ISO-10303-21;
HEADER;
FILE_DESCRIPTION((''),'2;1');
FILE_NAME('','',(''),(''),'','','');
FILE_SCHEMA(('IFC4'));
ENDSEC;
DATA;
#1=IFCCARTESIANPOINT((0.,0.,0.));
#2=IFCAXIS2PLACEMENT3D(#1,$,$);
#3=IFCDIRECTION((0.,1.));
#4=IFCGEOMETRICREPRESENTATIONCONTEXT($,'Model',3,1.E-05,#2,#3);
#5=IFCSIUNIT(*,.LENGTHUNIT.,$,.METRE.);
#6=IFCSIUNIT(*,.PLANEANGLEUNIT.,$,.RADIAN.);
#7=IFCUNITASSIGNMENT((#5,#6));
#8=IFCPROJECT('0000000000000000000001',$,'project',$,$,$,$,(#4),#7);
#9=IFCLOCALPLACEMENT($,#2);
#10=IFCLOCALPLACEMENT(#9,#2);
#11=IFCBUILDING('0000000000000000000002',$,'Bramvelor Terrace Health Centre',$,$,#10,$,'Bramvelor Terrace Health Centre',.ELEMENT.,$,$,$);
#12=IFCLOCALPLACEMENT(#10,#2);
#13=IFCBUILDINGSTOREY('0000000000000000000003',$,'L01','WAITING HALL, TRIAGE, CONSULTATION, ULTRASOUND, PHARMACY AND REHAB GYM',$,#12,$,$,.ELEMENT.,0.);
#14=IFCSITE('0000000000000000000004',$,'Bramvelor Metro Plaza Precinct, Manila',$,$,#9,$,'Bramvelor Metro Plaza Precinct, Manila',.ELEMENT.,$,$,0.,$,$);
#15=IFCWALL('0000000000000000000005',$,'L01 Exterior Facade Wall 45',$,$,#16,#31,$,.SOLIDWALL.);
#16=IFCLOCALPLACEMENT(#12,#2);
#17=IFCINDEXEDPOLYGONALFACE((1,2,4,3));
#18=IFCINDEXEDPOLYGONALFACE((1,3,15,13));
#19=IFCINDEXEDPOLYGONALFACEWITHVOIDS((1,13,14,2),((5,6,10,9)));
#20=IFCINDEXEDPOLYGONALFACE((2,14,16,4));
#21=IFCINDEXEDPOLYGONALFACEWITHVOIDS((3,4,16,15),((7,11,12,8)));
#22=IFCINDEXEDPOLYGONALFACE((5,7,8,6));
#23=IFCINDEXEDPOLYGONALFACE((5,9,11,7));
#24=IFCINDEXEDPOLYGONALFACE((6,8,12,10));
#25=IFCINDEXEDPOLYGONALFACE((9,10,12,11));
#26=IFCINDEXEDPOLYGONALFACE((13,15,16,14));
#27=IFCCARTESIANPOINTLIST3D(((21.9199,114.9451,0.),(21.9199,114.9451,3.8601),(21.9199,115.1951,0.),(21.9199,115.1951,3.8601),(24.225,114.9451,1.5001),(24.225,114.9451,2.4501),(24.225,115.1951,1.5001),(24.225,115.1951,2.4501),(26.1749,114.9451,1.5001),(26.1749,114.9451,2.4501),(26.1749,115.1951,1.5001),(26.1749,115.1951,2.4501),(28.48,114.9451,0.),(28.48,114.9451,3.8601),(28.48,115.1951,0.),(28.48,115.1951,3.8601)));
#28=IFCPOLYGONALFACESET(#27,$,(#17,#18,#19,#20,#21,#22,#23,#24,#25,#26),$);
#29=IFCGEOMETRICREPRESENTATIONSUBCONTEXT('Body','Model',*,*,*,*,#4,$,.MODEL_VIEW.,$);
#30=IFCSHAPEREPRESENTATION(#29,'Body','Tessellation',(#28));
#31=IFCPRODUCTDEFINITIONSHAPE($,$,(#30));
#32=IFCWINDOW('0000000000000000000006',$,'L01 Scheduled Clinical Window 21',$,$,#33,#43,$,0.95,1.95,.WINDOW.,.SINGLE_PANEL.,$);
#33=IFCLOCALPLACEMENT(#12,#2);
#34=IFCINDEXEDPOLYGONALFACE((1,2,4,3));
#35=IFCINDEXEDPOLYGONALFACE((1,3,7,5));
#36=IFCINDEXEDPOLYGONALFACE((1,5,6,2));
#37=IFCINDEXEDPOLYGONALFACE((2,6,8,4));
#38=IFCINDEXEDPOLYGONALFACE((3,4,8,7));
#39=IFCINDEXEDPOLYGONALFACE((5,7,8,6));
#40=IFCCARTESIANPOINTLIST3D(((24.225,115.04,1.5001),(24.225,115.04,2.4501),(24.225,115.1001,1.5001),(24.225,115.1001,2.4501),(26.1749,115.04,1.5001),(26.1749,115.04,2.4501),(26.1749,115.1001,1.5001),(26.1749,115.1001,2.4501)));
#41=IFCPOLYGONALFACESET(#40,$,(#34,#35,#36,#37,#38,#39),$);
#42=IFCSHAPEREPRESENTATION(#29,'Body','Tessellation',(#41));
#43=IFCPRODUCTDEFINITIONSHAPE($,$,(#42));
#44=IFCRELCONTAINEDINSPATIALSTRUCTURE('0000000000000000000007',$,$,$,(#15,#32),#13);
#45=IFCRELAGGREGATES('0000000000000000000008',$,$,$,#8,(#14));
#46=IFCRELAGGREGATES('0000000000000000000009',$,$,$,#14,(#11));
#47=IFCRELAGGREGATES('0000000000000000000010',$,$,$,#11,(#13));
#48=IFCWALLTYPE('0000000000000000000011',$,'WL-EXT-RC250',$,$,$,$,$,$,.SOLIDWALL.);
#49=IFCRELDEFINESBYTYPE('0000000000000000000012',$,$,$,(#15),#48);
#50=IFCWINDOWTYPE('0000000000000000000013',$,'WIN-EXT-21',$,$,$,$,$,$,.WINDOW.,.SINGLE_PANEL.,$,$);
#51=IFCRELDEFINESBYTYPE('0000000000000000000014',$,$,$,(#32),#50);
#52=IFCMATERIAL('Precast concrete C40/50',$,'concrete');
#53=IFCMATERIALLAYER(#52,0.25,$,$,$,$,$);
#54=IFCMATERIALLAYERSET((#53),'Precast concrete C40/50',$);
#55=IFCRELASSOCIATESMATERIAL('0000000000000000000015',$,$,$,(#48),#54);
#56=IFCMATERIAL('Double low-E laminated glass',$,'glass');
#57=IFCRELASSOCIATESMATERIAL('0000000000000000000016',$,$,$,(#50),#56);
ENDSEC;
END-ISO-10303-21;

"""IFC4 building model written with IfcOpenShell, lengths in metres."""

from ifc_helpers import new_model, si_unit, direction, frame, frame_2d, origin, place, context, subcontext, project, spatial, rectangle, extrude, material, layer, layer_set, type_object, element, fill, save


model = new_model("IFC4")

# Units and contexts
model_context = context("Model", 3, precision=1e-05, world=origin(), true_north=direction((0.0, 1.0)))
body_context = subcontext(model_context, "Body", "Model", "MODEL_VIEW")
ifc_project = project(units=[si_unit("LENGTHUNIT", "METRE"), si_unit("PLANEANGLEUNIT", "RADIAN")], contexts=[model_context])

# Site, building, storey
site_placement = place(None, origin())
site = spatial("IfcSite", under=ifc_project, at=site_placement, Name="Bramvelor Metro Plaza Precinct, Manila", LongName="Bramvelor Metro Plaza Precinct, Manila", CompositionType="ELEMENT", RefElevation=0.0)
building_placement = place(site_placement, origin())
building = spatial("IfcBuilding", under=site, at=building_placement, Name="Bramvelor Terrace Health Centre", LongName="Bramvelor Terrace Health Centre", CompositionType="ELEMENT")
storey_placement = place(building_placement, origin())
storey = spatial("IfcBuildingStorey", under=building, at=storey_placement, Name="L01", Description="WAITING HALL, TRIAGE, CONSULTATION, ULTRASOUND, PHARMACY AND REHAB GYM", CompositionType="ELEMENT", Elevation=0.0)

# Wall, opening, window
ifc_material_1 = material(Name="Precast concrete C40/50", Category="concrete")
ifc_layer_1 = layer(ifc_material_1, 0.25)
ifc_layer_set_1 = layer_set([ifc_layer_1], Name="Precast concrete C40/50")
wall_type = type_object("IfcWallType", Name="WL-EXT-RC250", PredefinedType="SOLIDWALL", material=ifc_layer_set_1)
wall_placement = place(storey_placement, frame((21.9199, 115.0701, 0.0), z_axis=(0.0, 0.0, 1.0), x_axis=(1.0, 0.0, 0.0)))
wall = element("IfcWall", 1, at=wall_placement, inside=storey, type_object=wall_type, Name="L01 Exterior Facade Wall 45", PredefinedType="SOLIDWALL", context=body_context, shape_type="SweptSolid", body=[
    extrude(rectangle(XDim=6.5601, YDim=0.25, at=frame_2d((3.28, 0.0))), origin(), (0.0, 0.0, 1.0), 3.8601),
])
opening_placement = place(wall_placement, frame((2.3049, 0.0, 1.5)))
opening = element("IfcOpeningElement", 2, at=opening_placement, cuts=wall, PredefinedType="OPENING", context=body_context, shape_type="SweptSolid", body=[
    extrude(rectangle(XDim=1.95, YDim=0.95, at=frame_2d((0.9751, 0.4751))), frame((0.0, 0.135, 0.0), z_axis=(0.0, -1.0, 0.0), x_axis=(1.0, 0.0, 0.0)), (0.0, 0.0, 1.0), 0.27),
])
ifc_material_2 = material(Name="Double low-E laminated glass", Category="glass")
window_type = type_object("IfcWindowType", Name="WIN-EXT-21", PartitioningType="SINGLE_PANEL", PredefinedType="WINDOW", material=ifc_material_2)
window_placement = place(opening_placement, origin())
window = element("IfcWindow", 3, at=window_placement, inside=storey, type_object=window_type, Name="L01 Scheduled Clinical Window 21", OverallHeight=0.95, OverallWidth=1.95, PartitioningType="SINGLE_PANEL", PredefinedType="WINDOW", context=body_context, shape_type="SweptSolid", body=[
    extrude(rectangle(XDim=1.95, YDim=0.95, at=frame_2d((0.9751, 0.4751))), frame((0.0, 0.03, 0.0), z_axis=(0.0, -1.0, 0.0), x_axis=(1.0, 0.0, 0.0)), (0.0, 0.0, 1.0), 0.0601),
])
fill(opening, window)

save(model, "model.ifc")
